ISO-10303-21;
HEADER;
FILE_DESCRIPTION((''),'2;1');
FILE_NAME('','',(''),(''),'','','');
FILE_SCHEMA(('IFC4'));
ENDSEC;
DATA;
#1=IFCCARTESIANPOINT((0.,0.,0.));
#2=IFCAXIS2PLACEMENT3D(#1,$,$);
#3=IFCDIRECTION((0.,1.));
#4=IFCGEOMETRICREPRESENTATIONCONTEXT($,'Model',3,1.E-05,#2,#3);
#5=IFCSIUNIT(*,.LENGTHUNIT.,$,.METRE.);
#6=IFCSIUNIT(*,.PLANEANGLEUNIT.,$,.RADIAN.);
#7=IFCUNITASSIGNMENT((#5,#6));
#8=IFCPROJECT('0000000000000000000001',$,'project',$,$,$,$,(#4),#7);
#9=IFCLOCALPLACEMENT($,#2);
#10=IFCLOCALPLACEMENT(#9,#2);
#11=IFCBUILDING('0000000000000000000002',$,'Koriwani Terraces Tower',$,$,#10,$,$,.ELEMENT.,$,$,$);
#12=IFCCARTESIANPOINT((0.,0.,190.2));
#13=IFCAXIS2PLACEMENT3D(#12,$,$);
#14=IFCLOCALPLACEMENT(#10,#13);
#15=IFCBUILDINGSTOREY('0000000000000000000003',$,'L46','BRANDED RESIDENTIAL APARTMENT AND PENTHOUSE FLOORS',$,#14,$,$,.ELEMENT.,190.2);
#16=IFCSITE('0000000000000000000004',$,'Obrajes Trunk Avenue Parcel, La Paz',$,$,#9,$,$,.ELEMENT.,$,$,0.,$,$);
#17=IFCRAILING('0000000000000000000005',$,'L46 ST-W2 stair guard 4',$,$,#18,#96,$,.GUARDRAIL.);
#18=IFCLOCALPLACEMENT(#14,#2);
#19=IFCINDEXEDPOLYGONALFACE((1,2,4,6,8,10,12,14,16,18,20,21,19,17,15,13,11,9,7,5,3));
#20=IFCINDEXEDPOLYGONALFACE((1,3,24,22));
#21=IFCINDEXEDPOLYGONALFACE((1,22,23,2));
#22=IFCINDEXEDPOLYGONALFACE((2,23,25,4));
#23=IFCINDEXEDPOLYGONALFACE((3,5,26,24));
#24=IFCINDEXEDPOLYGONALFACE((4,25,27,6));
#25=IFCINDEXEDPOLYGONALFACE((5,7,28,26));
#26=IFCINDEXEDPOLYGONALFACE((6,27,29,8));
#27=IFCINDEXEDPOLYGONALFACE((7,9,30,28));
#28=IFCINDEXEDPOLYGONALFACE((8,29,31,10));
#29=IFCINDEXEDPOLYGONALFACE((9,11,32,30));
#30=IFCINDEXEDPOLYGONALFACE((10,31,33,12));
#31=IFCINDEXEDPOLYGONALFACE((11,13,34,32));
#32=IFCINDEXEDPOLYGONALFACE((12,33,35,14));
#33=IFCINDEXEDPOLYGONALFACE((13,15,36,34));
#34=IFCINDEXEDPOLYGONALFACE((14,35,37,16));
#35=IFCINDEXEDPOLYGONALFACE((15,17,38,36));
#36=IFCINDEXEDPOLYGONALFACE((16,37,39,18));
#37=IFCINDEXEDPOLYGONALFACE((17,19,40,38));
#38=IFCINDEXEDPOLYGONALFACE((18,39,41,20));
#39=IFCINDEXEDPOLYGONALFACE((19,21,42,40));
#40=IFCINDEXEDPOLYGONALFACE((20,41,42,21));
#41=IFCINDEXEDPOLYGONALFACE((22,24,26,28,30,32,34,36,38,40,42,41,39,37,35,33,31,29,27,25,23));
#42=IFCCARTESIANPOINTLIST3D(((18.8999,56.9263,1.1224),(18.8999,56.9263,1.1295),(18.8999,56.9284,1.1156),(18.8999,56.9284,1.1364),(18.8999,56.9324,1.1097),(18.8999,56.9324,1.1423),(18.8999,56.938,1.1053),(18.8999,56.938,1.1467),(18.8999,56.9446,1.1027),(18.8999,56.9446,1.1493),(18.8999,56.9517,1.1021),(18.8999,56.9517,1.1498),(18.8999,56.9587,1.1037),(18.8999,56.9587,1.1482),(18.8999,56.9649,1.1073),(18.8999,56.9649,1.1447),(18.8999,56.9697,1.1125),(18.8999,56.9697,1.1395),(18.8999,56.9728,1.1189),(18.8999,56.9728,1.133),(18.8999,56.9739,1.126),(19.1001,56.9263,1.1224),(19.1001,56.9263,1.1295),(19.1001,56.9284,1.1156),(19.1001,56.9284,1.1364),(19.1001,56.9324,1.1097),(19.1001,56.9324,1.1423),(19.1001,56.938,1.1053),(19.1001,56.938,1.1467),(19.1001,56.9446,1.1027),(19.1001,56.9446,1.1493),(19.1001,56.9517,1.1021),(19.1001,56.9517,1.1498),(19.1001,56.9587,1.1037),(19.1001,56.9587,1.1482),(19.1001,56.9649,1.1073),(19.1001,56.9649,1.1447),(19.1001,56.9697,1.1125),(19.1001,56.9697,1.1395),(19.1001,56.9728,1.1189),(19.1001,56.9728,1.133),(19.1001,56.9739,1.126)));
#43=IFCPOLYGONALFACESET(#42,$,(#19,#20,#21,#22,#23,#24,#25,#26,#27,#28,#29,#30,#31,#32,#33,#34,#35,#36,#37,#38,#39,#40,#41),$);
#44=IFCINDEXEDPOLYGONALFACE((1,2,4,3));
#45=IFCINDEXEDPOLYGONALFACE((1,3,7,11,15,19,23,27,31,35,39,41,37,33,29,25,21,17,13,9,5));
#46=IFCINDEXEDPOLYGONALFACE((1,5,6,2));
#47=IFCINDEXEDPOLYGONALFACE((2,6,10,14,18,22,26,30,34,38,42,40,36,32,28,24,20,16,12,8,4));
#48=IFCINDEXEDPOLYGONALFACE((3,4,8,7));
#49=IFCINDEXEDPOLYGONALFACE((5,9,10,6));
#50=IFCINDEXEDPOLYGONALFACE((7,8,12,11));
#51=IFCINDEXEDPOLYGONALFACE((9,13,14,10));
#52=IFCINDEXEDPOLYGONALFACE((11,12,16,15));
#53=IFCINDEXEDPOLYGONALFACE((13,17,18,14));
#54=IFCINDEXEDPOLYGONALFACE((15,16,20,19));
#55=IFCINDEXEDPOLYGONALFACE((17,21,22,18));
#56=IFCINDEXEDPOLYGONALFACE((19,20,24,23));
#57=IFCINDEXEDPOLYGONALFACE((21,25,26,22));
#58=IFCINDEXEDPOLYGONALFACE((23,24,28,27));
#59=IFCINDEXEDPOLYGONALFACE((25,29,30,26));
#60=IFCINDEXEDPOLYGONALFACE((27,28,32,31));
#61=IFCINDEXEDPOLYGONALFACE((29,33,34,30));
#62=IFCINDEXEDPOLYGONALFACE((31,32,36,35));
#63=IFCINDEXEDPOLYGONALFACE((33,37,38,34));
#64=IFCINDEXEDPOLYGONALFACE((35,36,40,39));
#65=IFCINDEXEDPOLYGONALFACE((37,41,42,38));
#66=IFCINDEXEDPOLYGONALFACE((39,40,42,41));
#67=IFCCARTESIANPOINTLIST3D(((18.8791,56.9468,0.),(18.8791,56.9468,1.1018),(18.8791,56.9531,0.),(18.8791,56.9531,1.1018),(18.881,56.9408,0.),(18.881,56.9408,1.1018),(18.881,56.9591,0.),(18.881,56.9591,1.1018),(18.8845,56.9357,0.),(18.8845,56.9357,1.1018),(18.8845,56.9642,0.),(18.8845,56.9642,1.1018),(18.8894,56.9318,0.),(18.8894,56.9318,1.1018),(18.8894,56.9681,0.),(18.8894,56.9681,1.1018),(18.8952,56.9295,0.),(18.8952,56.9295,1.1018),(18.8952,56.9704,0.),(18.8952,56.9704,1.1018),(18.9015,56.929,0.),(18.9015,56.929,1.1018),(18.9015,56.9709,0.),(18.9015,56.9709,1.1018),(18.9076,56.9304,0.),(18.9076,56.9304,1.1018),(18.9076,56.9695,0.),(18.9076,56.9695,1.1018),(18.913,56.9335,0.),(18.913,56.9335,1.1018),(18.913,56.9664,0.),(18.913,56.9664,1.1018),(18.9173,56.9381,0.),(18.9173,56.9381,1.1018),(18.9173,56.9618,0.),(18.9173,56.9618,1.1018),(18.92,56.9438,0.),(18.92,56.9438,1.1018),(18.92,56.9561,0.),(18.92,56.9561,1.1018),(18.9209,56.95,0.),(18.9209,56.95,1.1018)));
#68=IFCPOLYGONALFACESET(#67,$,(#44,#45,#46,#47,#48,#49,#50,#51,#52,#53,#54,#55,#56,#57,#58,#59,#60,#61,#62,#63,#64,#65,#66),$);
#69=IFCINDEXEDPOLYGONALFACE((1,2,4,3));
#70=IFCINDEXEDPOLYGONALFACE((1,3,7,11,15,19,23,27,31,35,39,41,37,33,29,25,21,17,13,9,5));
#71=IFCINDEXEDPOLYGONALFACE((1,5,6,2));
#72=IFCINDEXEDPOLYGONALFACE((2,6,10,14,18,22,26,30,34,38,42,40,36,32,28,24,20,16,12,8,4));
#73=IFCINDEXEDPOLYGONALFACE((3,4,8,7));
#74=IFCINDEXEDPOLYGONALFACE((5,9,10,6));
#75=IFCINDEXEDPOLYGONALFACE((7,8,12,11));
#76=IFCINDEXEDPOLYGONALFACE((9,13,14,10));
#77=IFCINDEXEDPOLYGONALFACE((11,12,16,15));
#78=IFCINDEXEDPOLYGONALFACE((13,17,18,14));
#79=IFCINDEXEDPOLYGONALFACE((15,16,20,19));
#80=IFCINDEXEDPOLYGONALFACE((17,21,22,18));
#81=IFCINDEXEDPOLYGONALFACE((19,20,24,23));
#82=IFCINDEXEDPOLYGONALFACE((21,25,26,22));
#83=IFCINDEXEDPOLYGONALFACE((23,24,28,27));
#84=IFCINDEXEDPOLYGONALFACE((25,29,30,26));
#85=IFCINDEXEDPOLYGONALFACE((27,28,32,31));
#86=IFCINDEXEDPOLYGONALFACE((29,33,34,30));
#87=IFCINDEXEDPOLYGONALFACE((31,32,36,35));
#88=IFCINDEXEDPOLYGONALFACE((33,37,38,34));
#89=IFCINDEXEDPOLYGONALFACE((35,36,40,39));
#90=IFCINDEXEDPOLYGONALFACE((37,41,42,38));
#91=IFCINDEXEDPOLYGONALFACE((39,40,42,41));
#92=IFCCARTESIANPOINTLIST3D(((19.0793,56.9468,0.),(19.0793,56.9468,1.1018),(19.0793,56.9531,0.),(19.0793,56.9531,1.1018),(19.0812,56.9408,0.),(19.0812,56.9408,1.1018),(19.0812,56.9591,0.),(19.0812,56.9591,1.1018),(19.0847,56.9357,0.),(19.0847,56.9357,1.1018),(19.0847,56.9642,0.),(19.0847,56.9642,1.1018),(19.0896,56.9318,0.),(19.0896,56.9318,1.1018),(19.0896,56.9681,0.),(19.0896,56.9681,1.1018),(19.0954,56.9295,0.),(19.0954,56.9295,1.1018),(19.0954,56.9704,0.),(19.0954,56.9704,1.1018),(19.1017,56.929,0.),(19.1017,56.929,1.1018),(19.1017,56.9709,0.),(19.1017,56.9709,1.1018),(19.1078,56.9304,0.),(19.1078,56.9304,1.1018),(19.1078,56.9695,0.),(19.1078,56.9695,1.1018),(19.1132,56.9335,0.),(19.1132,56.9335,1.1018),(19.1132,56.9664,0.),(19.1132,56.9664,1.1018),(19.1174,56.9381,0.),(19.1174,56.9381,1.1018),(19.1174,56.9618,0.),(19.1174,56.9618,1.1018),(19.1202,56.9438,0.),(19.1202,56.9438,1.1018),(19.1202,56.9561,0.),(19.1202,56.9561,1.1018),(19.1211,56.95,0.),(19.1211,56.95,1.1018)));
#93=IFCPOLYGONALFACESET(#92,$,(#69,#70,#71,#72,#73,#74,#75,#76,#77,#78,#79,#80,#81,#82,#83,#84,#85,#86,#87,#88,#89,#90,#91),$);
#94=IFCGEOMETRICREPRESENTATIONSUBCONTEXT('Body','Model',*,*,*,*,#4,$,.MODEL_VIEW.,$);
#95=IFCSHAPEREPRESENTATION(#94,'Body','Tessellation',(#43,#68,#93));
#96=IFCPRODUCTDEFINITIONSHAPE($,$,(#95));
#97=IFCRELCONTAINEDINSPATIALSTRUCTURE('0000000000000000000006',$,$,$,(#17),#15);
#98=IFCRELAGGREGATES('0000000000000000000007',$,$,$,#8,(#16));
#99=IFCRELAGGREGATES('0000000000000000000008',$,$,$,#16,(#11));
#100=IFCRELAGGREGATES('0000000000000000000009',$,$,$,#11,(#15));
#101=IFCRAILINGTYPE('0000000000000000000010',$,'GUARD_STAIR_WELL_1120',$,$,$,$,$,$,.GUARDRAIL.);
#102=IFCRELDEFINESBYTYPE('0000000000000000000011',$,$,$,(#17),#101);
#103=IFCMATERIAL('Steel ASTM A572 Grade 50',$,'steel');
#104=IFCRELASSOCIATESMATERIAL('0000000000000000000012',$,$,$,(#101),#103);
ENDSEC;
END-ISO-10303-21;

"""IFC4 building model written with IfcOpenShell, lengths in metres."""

from ifc_helpers import new_model, si_unit, direction, frame, origin, origin_2d, place, context, subcontext, project, spatial, circle, extrude, material, type_object, element, save


model = new_model("IFC4")

# Units and contexts
model_context = context("Model", 3, precision=1e-05, world=origin(), true_north=direction((0.0, 1.0)))
body_context = subcontext(model_context, "Body", "Model", "MODEL_VIEW")
ifc_project = project(units=[si_unit("LENGTHUNIT", "METRE"), si_unit("PLANEANGLEUNIT", "RADIAN")], contexts=[model_context])

# Site, building, storey
site_placement = place(None, origin())
site = spatial("IfcSite", under=ifc_project, at=site_placement, Name="Obrajes Trunk Avenue Parcel, La Paz", CompositionType="ELEMENT", RefElevation=0.0)
building_placement = place(site_placement, origin())
building = spatial("IfcBuilding", under=site, at=building_placement, Name="Koriwani Terraces Tower", CompositionType="ELEMENT")
storey_placement = place(building_placement, frame((0.0, 0.0, 190.2)))
storey = spatial("IfcBuildingStorey", under=building, at=storey_placement, Name="L46", Description="BRANDED RESIDENTIAL APARTMENT AND PENTHOUSE FLOORS", CompositionType="ELEMENT", Elevation=190.2)

# Shared definitions
ifc_material_1 = material(Name="Steel ASTM A572 Grade 50", Category="steel")

# Railing
railing_type_1 = type_object("IfcRailingType", Name="GUARD_STAIR_WELL_1120", PredefinedType="GUARDRAIL", material=ifc_material_1)
railing_1_placement = place(storey_placement, frame((18.8999, 56.95, 0.0)))
element("IfcRailing", 1, at=railing_1_placement, inside=storey, type_object=railing_type_1, Name="L46 ST-W2 stair guard 4", PredefinedType="GUARDRAIL", context=body_context, shape_type="SweptSolid", body=[
    extrude(circle(Radius=0.0239, at=origin_2d()), frame((0.0, 0.0, 1.126), z_axis=(1.0, 0.0, 0.0), x_axis=(0.0, 1.0, 0.0)), (0.0, 0.0, 1.0), 0.2002),
    extrude(circle(Radius=0.021, at=origin_2d()), origin(), (0.0, 0.0, 1.0), 1.1018),
    extrude(circle(Radius=0.021, at=origin_2d()), frame((0.2002, 0.0, 0.0)), (0.0, 0.0, 1.0), 1.1018),
])

save(model, "model.ifc")
